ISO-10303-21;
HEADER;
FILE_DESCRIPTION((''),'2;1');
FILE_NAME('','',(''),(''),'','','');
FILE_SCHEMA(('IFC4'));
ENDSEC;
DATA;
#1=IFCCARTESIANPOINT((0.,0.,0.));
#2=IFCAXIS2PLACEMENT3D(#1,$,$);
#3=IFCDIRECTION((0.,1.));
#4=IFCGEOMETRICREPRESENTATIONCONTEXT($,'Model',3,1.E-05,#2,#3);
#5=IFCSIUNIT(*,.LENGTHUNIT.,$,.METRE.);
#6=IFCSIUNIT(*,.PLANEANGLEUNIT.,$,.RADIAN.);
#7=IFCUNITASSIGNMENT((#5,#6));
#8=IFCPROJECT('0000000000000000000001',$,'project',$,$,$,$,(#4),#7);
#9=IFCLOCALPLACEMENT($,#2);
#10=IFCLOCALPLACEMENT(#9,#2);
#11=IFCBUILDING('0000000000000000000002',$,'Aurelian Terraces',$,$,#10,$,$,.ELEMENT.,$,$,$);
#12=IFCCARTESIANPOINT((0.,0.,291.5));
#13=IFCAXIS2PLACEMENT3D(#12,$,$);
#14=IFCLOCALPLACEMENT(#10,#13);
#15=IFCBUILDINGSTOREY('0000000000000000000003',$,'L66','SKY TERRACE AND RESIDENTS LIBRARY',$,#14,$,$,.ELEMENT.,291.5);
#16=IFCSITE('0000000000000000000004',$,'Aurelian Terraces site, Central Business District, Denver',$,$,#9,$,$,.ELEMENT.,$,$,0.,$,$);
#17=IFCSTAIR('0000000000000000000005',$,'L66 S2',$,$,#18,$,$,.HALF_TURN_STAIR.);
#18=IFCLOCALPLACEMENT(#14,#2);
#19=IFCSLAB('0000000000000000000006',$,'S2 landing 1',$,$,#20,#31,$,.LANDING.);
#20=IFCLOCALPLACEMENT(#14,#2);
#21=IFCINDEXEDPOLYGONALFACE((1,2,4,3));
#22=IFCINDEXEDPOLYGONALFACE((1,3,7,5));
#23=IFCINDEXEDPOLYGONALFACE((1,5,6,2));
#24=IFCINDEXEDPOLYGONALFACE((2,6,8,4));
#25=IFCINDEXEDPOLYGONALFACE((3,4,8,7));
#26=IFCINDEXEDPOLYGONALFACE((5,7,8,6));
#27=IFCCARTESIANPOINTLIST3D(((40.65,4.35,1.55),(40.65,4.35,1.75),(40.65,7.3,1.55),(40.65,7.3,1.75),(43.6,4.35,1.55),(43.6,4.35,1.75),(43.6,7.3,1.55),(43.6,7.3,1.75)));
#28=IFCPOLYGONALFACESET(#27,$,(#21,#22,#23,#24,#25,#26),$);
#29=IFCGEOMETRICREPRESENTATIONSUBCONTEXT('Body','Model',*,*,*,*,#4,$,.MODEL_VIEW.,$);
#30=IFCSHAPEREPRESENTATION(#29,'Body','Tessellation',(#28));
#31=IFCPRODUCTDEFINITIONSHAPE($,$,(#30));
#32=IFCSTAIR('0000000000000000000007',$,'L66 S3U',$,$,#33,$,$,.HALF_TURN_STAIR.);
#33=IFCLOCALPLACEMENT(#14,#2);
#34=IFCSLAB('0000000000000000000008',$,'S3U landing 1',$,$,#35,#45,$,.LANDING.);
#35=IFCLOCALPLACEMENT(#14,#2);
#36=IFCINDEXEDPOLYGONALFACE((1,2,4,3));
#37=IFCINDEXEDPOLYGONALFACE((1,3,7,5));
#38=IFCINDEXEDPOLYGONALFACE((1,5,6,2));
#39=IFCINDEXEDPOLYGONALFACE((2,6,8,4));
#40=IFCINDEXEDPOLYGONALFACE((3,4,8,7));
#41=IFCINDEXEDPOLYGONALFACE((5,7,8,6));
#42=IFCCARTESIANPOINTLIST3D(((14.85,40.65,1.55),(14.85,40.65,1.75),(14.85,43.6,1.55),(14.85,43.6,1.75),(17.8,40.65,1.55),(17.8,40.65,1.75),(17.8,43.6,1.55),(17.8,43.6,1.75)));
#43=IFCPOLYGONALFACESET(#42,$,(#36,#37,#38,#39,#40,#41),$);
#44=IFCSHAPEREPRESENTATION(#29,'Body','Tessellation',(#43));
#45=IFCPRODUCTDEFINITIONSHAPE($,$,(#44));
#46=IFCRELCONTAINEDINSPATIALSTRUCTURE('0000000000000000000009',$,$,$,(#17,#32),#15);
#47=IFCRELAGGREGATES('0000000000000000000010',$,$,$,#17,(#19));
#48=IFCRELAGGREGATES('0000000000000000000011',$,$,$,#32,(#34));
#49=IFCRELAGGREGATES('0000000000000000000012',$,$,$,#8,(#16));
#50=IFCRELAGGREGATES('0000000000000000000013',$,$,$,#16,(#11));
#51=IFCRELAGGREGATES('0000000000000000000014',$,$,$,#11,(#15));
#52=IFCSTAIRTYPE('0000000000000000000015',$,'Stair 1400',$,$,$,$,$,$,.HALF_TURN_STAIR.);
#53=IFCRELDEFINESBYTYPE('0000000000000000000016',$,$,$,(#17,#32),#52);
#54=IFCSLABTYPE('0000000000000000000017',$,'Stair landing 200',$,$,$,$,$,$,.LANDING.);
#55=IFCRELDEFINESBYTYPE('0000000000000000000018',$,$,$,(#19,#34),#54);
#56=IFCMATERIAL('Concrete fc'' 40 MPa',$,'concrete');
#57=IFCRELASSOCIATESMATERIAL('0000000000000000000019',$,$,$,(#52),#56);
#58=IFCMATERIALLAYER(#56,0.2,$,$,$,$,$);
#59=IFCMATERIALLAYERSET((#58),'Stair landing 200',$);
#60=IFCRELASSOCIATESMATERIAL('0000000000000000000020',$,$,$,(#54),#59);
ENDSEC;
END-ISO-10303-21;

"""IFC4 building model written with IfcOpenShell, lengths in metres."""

from ifc_helpers import new_model, si_unit, direction, frame, origin, place, context, subcontext, project, spatial, polyline, outline, extrude, source, transform, mapped, material, layer, layer_set, type_object, element, aggregate, save


model = new_model("IFC4")

# Units and contexts
model_context = context("Model", 3, precision=1e-05, world=origin(), true_north=direction((0.0, 1.0)))
body_context = subcontext(model_context, "Body", "Model", "MODEL_VIEW")
ifc_project = project(units=[si_unit("LENGTHUNIT", "METRE"), si_unit("PLANEANGLEUNIT", "RADIAN")], contexts=[model_context])

# Site, building, storey
site_placement = place(None, origin())
site = spatial("IfcSite", under=ifc_project, at=site_placement, Name="Aurelian Terraces site, Central Business District, Denver", CompositionType="ELEMENT", RefElevation=0.0)
building_placement = place(site_placement, origin())
building = spatial("IfcBuilding", under=site, at=building_placement, Name="Aurelian Terraces", CompositionType="ELEMENT")
storey_placement = place(building_placement, frame((0.0, 0.0, 291.5)))
storey = spatial("IfcBuildingStorey", under=building, at=storey_placement, Name="L66", Description="SKY TERRACE AND RESIDENTS LIBRARY", CompositionType="ELEMENT", Elevation=291.5)

# Shared definitions
ifc_material = material(Name="Concrete fc' 40 MPa", Category="concrete")

# Stairs, slabs
stair_type = type_object("IfcStairType", Name="Stair 1400", PredefinedType="HALF_TURN_STAIR", material=ifc_material)
ifc_layer_1 = layer(ifc_material, 0.2)
ifc_layer_set_1 = layer_set([ifc_layer_1], Name="Stair landing 200")
slab_type_1 = type_object("IfcSlabType", Name="Stair landing 200", PredefinedType="LANDING", material=ifc_layer_set_1)
stair_1_placement = place(storey_placement, origin())
stair_1 = element("IfcStair", 1, at=stair_1_placement, inside=storey, type_object=stair_type, Name="L66 S2", PredefinedType="HALF_TURN_STAIR")
shared_shape_1 = source(origin(), body_context, "Body", "SweptSolid", [
    extrude(outline(polyline([(43.6, 4.35), (43.6, 7.3), (40.65, 7.3), (40.65, 4.35), (43.6, 4.35)])), origin(), (0.0, 0.0, 1.0), 0.2),
])
slab_1_placement = place(storey_placement, frame((0.0, 0.0, 1.55)))
slab_1 = element("IfcSlab", 2, at=slab_1_placement, type_object=slab_type_1, Name="S2 landing 1", PredefinedType="LANDING", context=body_context, shape_type="MappedRepresentation", body=[
    mapped(shared_shape_1, transform((0.0, 0.0, 0.0), scale=1.0)),
])
aggregate(stair_1, [slab_1])
stair_2_placement = place(storey_placement, origin())
stair_2 = element("IfcStair", 3, at=stair_2_placement, inside=storey, type_object=stair_type, Name="L66 S3U", PredefinedType="HALF_TURN_STAIR")
shared_shape_2 = source(origin(), body_context, "Body", "SweptSolid", [
    extrude(outline(polyline([(14.85, 40.65), (17.8, 40.65), (17.8, 43.6), (14.85, 43.6), (14.85, 40.65)])), origin(), (0.0, 0.0, 1.0), 0.2),
])
slab_2_placement = place(storey_placement, frame((0.0, 0.0, 1.55)))
slab_2 = element("IfcSlab", 4, at=slab_2_placement, type_object=slab_type_1, Name="S3U landing 1", PredefinedType="LANDING", context=body_context, shape_type="MappedRepresentation", body=[
    mapped(shared_shape_2, transform((0.0, 0.0, 0.0), scale=1.0)),
])
aggregate(stair_2, [slab_2])

save(model, "model.ifc")
